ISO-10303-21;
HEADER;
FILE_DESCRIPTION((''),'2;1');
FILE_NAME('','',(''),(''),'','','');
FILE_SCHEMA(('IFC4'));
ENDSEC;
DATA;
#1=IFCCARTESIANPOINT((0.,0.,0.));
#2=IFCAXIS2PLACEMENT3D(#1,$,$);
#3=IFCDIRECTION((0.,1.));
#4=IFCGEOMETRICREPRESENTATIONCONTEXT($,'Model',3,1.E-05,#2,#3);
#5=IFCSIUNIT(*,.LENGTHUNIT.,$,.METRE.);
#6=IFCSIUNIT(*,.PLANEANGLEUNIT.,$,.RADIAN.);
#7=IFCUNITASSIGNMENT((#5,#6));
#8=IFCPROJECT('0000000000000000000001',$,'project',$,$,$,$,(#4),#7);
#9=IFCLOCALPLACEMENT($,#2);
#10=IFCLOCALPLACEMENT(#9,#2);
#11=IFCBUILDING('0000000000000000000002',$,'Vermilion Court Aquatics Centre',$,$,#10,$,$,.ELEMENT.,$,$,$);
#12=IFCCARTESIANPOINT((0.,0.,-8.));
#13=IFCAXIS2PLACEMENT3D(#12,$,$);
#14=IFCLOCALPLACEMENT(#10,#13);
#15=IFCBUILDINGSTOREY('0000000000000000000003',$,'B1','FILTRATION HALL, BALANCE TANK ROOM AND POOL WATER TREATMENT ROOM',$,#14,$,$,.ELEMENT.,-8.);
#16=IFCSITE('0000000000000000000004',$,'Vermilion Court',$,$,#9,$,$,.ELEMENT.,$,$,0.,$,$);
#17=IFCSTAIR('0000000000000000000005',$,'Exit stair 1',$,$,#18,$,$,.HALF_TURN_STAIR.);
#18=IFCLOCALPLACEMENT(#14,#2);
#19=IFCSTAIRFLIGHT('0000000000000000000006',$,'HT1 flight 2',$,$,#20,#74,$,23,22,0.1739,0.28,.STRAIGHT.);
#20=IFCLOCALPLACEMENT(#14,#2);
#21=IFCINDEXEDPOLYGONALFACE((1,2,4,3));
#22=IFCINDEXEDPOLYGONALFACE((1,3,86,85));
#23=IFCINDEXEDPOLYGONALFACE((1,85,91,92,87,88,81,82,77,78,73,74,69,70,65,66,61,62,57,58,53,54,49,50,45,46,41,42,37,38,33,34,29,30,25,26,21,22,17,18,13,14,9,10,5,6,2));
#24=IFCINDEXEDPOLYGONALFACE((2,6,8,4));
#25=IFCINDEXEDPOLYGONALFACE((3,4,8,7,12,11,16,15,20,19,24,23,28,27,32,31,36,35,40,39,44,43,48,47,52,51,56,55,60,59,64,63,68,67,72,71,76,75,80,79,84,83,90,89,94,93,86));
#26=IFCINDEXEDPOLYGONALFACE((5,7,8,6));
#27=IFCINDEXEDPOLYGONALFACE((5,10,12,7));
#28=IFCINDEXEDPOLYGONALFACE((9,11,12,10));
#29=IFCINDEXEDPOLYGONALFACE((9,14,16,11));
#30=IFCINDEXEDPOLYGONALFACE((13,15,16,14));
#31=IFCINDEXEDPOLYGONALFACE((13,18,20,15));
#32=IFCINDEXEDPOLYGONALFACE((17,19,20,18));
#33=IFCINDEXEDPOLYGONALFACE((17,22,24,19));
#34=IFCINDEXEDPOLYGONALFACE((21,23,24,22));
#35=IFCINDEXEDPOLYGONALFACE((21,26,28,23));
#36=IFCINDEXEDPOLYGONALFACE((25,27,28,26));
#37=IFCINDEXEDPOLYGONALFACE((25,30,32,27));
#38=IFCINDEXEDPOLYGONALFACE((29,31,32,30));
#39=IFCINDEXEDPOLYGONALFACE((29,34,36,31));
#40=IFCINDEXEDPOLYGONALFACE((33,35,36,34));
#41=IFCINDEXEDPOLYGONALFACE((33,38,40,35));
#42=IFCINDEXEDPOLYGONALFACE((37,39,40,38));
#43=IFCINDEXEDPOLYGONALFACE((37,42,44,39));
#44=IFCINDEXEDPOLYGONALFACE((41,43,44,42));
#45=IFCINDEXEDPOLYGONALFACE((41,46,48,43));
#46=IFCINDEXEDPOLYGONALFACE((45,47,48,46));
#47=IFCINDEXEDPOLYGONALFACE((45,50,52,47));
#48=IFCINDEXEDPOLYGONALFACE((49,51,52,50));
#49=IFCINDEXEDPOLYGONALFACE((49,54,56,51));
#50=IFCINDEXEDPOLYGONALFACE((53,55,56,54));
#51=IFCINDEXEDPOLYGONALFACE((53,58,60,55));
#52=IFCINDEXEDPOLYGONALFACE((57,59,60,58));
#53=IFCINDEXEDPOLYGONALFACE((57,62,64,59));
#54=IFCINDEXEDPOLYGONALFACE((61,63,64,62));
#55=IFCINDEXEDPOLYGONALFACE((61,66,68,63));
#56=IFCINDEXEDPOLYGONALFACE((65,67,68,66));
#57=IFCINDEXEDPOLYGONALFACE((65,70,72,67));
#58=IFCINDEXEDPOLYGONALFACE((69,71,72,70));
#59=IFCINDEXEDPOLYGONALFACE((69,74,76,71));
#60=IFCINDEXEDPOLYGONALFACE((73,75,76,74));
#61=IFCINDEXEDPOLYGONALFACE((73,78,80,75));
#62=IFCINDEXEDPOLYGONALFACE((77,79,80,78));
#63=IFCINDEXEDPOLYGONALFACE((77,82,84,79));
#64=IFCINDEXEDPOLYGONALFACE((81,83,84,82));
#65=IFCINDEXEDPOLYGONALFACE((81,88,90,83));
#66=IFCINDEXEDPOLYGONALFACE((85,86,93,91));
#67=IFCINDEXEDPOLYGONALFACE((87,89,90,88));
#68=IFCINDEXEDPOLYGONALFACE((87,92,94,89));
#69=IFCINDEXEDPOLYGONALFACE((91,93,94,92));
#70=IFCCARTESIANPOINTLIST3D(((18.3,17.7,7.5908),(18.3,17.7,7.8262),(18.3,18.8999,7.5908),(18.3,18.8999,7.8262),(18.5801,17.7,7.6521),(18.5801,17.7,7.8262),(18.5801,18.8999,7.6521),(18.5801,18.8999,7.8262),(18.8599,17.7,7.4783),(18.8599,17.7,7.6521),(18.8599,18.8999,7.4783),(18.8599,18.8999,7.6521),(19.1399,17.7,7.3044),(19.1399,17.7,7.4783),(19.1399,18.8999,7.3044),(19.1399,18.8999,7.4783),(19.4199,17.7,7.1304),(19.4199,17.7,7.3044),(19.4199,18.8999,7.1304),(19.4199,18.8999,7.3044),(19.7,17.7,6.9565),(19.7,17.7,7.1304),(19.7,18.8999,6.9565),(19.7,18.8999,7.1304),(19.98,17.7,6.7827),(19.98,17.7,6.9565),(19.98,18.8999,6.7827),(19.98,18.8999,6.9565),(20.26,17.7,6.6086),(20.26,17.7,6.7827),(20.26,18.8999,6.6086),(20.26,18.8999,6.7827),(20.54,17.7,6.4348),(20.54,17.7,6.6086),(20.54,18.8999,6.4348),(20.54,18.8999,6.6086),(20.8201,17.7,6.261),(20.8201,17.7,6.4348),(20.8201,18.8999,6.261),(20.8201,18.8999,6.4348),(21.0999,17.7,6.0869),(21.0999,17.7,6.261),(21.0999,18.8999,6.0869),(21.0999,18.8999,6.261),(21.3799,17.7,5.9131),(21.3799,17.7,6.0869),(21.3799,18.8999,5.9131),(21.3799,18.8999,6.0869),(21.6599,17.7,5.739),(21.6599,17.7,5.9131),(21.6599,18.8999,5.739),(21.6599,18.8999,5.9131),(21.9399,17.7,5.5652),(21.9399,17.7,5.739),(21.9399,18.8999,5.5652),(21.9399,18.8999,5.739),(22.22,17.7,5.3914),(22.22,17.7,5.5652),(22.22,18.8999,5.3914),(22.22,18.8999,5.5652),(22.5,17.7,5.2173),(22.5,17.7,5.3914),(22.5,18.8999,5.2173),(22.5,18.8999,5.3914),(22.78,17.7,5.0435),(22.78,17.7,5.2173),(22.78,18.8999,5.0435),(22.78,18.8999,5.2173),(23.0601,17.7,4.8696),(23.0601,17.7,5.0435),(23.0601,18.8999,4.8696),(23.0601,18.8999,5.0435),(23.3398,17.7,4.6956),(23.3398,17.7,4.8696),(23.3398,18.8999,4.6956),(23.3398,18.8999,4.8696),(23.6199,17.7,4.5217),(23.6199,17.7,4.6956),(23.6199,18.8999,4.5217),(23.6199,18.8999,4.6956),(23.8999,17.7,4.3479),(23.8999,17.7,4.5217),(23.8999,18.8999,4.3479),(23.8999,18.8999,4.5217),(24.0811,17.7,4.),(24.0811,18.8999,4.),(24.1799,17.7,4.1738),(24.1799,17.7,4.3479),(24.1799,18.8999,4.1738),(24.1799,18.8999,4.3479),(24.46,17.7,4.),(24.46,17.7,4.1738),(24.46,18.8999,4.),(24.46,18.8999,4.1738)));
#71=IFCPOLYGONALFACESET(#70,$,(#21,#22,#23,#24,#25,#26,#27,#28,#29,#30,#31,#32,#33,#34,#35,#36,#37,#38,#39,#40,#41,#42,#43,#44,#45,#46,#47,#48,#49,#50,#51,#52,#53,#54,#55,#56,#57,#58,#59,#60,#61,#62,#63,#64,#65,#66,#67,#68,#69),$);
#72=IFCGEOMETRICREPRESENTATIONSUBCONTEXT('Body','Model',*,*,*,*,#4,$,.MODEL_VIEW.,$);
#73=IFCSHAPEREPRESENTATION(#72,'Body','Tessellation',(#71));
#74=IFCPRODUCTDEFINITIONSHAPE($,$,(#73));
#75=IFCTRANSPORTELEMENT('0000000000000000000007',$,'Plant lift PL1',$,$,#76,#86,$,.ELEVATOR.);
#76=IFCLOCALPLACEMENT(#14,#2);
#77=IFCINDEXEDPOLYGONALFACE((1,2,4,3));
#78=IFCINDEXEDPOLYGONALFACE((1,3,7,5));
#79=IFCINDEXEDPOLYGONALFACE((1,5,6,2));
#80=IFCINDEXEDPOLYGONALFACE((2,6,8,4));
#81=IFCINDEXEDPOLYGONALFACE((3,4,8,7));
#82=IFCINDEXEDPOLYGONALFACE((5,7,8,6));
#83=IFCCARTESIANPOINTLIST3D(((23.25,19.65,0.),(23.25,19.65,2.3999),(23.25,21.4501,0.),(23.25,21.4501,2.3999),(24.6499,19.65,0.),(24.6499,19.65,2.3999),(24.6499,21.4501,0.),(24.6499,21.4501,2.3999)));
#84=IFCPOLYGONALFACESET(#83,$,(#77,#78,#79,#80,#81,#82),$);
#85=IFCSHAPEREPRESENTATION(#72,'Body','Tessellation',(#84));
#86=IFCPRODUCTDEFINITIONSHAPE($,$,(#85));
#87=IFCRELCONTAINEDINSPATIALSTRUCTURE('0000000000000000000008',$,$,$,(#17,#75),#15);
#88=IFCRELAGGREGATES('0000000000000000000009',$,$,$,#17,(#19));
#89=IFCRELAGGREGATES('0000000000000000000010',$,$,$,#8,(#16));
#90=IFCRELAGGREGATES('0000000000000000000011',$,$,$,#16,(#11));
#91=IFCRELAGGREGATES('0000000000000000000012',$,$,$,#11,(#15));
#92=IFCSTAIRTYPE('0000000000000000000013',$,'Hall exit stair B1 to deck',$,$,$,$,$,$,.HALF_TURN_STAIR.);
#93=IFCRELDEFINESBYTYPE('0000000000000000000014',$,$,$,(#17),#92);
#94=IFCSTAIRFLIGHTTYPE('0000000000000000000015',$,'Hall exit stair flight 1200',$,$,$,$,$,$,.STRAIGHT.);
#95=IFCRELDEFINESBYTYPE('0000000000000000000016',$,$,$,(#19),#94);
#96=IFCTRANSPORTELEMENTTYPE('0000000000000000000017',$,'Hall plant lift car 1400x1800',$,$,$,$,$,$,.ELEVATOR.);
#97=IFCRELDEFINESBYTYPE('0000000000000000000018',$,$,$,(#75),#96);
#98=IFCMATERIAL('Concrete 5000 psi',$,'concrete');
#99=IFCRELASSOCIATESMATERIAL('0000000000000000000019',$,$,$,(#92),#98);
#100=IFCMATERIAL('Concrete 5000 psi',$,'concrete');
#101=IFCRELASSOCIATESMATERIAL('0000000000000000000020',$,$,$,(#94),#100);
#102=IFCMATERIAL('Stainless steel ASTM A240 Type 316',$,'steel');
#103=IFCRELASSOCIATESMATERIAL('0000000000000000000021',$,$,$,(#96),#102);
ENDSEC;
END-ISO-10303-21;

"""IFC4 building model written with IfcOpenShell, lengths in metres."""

from ifc_helpers import new_model, si_unit, direction, frame, origin, origin_2d, place, context, subcontext, project, spatial, polyline, rectangle, outline, extrude, material, type_object, element, aggregate, save


model = new_model("IFC4")

# Units and contexts
model_context = context("Model", 3, precision=1e-05, world=origin(), true_north=direction((0.0, 1.0)))
body_context = subcontext(model_context, "Body", "Model", "MODEL_VIEW")
ifc_project = project(units=[si_unit("LENGTHUNIT", "METRE"), si_unit("PLANEANGLEUNIT", "RADIAN")], contexts=[model_context])

# Site, building, storey
site_placement = place(None, origin())
site = spatial("IfcSite", under=ifc_project, at=site_placement, Name="Vermilion Court", CompositionType="ELEMENT", RefElevation=0.0)
building_placement = place(site_placement, origin())
building = spatial("IfcBuilding", under=site, at=building_placement, Name="Vermilion Court Aquatics Centre", CompositionType="ELEMENT")
storey_placement = place(building_placement, frame((0.0, 0.0, -8.0)))
storey = spatial("IfcBuildingStorey", under=building, at=storey_placement, Name="B1", Description="FILTRATION HALL, BALANCE TANK ROOM AND POOL WATER TREATMENT ROOM", CompositionType="ELEMENT", Elevation=-8.0)

# Stair, stair flight
ifc_material_1 = material(Name="Concrete 5000 psi", Category="concrete")
stair_type = type_object("IfcStairType", Name="Hall exit stair B1 to deck", PredefinedType="HALF_TURN_STAIR", material=ifc_material_1)
stair_placement = place(storey_placement, origin())
stair = element("IfcStair", 1, at=stair_placement, inside=storey, type_object=stair_type, Name="Exit stair 1", PredefinedType="HALF_TURN_STAIR")
ifc_material_2 = material(Name="Concrete 5000 psi", Category="concrete")
stair_flight_type = type_object("IfcStairFlightType", Name="Hall exit stair flight 1200", PredefinedType="STRAIGHT", material=ifc_material_2)
stair_flight_1_placement = place(storey_placement, frame((24.46, 18.3, 4.0), z_axis=(0.0, 0.0, 1.0), x_axis=(-1.0, 0.0, 0.0)))
stair_flight_1 = element("IfcStairFlight", 2, at=stair_flight_1_placement, type_object=stair_flight_type, Name="HT1 flight 2", NumberOfRisers=23, NumberOfTreads=22, PredefinedType="STRAIGHT", RiserHeight=0.1739, TreadLength=0.28, context=body_context, shape_type="SweptSolid", body=[
    extrude(outline(polyline([(0.0, 0.0), (0.0, 0.1738), (0.28, 0.1738), (0.28, 0.3479), (0.5601, 0.3479), (0.5601, 0.5217), (0.8401, 0.5217), (0.8401, 0.6956), (1.1201, 0.6956), (1.1201, 0.8696), (1.3999, 0.8696), (1.3999, 1.0435), (1.6799, 1.0435), (1.6799, 1.2173), (1.96, 1.2173), (1.96, 1.3914), (2.24, 1.3914), (2.24, 1.5652), (2.52, 1.5652), (2.52, 1.739), (2.8, 1.739), (2.8, 1.9131), (3.0801, 1.9131), (3.0801, 2.0869), (3.3601, 2.0869), (3.3601, 2.261), (3.6399, 2.261), (3.6399, 2.4348), (3.9199, 2.4348), (3.9199, 2.6086), (4.2, 2.6086), (4.2, 2.7827), (4.48, 2.7827), (4.48, 2.9565), (4.76, 2.9565), (4.76, 3.1304), (5.04, 3.1304), (5.04, 3.3044), (5.3201, 3.3044), (5.3201, 3.4783), (5.6001, 3.4783), (5.6001, 3.6521), (5.8799, 3.6521), (5.8799, 3.8262), (6.1599, 3.8262), (6.1599, 4.0), (6.1599, 3.5908), (0.3789, 0.0), (0.0, 0.0)])), frame((0.0, 0.6001, 0.0), z_axis=(0.0, -1.0, 0.0), x_axis=(1.0, 0.0, 0.0)), (0.0, 0.0, 1.0), 1.2),
])
aggregate(stair, [stair_flight_1])

# Transport element
ifc_material_3 = material(Name="Stainless steel ASTM A240 Type 316", Category="steel")
transport_element_type = type_object("IfcTransportElementType", Name="Hall plant lift car 1400x1800", PredefinedType="ELEVATOR", material=ifc_material_3)
transport_element_placement = place(storey_placement, frame((23.95, 20.55, 0.0), z_axis=(0.0, 0.0, 1.0), x_axis=(1.0, 0.0, 0.0)))
element("IfcTransportElement", 3, at=transport_element_placement, inside=storey, type_object=transport_element_type, Name="Plant lift PL1", PredefinedType="ELEVATOR", context=body_context, shape_type="SweptSolid", body=[
    extrude(rectangle(XDim=1.3999, YDim=1.8, at=origin_2d()), origin(), (0.0, 0.0, 1.0), 2.3999),
])

save(model, "model.ifc")
